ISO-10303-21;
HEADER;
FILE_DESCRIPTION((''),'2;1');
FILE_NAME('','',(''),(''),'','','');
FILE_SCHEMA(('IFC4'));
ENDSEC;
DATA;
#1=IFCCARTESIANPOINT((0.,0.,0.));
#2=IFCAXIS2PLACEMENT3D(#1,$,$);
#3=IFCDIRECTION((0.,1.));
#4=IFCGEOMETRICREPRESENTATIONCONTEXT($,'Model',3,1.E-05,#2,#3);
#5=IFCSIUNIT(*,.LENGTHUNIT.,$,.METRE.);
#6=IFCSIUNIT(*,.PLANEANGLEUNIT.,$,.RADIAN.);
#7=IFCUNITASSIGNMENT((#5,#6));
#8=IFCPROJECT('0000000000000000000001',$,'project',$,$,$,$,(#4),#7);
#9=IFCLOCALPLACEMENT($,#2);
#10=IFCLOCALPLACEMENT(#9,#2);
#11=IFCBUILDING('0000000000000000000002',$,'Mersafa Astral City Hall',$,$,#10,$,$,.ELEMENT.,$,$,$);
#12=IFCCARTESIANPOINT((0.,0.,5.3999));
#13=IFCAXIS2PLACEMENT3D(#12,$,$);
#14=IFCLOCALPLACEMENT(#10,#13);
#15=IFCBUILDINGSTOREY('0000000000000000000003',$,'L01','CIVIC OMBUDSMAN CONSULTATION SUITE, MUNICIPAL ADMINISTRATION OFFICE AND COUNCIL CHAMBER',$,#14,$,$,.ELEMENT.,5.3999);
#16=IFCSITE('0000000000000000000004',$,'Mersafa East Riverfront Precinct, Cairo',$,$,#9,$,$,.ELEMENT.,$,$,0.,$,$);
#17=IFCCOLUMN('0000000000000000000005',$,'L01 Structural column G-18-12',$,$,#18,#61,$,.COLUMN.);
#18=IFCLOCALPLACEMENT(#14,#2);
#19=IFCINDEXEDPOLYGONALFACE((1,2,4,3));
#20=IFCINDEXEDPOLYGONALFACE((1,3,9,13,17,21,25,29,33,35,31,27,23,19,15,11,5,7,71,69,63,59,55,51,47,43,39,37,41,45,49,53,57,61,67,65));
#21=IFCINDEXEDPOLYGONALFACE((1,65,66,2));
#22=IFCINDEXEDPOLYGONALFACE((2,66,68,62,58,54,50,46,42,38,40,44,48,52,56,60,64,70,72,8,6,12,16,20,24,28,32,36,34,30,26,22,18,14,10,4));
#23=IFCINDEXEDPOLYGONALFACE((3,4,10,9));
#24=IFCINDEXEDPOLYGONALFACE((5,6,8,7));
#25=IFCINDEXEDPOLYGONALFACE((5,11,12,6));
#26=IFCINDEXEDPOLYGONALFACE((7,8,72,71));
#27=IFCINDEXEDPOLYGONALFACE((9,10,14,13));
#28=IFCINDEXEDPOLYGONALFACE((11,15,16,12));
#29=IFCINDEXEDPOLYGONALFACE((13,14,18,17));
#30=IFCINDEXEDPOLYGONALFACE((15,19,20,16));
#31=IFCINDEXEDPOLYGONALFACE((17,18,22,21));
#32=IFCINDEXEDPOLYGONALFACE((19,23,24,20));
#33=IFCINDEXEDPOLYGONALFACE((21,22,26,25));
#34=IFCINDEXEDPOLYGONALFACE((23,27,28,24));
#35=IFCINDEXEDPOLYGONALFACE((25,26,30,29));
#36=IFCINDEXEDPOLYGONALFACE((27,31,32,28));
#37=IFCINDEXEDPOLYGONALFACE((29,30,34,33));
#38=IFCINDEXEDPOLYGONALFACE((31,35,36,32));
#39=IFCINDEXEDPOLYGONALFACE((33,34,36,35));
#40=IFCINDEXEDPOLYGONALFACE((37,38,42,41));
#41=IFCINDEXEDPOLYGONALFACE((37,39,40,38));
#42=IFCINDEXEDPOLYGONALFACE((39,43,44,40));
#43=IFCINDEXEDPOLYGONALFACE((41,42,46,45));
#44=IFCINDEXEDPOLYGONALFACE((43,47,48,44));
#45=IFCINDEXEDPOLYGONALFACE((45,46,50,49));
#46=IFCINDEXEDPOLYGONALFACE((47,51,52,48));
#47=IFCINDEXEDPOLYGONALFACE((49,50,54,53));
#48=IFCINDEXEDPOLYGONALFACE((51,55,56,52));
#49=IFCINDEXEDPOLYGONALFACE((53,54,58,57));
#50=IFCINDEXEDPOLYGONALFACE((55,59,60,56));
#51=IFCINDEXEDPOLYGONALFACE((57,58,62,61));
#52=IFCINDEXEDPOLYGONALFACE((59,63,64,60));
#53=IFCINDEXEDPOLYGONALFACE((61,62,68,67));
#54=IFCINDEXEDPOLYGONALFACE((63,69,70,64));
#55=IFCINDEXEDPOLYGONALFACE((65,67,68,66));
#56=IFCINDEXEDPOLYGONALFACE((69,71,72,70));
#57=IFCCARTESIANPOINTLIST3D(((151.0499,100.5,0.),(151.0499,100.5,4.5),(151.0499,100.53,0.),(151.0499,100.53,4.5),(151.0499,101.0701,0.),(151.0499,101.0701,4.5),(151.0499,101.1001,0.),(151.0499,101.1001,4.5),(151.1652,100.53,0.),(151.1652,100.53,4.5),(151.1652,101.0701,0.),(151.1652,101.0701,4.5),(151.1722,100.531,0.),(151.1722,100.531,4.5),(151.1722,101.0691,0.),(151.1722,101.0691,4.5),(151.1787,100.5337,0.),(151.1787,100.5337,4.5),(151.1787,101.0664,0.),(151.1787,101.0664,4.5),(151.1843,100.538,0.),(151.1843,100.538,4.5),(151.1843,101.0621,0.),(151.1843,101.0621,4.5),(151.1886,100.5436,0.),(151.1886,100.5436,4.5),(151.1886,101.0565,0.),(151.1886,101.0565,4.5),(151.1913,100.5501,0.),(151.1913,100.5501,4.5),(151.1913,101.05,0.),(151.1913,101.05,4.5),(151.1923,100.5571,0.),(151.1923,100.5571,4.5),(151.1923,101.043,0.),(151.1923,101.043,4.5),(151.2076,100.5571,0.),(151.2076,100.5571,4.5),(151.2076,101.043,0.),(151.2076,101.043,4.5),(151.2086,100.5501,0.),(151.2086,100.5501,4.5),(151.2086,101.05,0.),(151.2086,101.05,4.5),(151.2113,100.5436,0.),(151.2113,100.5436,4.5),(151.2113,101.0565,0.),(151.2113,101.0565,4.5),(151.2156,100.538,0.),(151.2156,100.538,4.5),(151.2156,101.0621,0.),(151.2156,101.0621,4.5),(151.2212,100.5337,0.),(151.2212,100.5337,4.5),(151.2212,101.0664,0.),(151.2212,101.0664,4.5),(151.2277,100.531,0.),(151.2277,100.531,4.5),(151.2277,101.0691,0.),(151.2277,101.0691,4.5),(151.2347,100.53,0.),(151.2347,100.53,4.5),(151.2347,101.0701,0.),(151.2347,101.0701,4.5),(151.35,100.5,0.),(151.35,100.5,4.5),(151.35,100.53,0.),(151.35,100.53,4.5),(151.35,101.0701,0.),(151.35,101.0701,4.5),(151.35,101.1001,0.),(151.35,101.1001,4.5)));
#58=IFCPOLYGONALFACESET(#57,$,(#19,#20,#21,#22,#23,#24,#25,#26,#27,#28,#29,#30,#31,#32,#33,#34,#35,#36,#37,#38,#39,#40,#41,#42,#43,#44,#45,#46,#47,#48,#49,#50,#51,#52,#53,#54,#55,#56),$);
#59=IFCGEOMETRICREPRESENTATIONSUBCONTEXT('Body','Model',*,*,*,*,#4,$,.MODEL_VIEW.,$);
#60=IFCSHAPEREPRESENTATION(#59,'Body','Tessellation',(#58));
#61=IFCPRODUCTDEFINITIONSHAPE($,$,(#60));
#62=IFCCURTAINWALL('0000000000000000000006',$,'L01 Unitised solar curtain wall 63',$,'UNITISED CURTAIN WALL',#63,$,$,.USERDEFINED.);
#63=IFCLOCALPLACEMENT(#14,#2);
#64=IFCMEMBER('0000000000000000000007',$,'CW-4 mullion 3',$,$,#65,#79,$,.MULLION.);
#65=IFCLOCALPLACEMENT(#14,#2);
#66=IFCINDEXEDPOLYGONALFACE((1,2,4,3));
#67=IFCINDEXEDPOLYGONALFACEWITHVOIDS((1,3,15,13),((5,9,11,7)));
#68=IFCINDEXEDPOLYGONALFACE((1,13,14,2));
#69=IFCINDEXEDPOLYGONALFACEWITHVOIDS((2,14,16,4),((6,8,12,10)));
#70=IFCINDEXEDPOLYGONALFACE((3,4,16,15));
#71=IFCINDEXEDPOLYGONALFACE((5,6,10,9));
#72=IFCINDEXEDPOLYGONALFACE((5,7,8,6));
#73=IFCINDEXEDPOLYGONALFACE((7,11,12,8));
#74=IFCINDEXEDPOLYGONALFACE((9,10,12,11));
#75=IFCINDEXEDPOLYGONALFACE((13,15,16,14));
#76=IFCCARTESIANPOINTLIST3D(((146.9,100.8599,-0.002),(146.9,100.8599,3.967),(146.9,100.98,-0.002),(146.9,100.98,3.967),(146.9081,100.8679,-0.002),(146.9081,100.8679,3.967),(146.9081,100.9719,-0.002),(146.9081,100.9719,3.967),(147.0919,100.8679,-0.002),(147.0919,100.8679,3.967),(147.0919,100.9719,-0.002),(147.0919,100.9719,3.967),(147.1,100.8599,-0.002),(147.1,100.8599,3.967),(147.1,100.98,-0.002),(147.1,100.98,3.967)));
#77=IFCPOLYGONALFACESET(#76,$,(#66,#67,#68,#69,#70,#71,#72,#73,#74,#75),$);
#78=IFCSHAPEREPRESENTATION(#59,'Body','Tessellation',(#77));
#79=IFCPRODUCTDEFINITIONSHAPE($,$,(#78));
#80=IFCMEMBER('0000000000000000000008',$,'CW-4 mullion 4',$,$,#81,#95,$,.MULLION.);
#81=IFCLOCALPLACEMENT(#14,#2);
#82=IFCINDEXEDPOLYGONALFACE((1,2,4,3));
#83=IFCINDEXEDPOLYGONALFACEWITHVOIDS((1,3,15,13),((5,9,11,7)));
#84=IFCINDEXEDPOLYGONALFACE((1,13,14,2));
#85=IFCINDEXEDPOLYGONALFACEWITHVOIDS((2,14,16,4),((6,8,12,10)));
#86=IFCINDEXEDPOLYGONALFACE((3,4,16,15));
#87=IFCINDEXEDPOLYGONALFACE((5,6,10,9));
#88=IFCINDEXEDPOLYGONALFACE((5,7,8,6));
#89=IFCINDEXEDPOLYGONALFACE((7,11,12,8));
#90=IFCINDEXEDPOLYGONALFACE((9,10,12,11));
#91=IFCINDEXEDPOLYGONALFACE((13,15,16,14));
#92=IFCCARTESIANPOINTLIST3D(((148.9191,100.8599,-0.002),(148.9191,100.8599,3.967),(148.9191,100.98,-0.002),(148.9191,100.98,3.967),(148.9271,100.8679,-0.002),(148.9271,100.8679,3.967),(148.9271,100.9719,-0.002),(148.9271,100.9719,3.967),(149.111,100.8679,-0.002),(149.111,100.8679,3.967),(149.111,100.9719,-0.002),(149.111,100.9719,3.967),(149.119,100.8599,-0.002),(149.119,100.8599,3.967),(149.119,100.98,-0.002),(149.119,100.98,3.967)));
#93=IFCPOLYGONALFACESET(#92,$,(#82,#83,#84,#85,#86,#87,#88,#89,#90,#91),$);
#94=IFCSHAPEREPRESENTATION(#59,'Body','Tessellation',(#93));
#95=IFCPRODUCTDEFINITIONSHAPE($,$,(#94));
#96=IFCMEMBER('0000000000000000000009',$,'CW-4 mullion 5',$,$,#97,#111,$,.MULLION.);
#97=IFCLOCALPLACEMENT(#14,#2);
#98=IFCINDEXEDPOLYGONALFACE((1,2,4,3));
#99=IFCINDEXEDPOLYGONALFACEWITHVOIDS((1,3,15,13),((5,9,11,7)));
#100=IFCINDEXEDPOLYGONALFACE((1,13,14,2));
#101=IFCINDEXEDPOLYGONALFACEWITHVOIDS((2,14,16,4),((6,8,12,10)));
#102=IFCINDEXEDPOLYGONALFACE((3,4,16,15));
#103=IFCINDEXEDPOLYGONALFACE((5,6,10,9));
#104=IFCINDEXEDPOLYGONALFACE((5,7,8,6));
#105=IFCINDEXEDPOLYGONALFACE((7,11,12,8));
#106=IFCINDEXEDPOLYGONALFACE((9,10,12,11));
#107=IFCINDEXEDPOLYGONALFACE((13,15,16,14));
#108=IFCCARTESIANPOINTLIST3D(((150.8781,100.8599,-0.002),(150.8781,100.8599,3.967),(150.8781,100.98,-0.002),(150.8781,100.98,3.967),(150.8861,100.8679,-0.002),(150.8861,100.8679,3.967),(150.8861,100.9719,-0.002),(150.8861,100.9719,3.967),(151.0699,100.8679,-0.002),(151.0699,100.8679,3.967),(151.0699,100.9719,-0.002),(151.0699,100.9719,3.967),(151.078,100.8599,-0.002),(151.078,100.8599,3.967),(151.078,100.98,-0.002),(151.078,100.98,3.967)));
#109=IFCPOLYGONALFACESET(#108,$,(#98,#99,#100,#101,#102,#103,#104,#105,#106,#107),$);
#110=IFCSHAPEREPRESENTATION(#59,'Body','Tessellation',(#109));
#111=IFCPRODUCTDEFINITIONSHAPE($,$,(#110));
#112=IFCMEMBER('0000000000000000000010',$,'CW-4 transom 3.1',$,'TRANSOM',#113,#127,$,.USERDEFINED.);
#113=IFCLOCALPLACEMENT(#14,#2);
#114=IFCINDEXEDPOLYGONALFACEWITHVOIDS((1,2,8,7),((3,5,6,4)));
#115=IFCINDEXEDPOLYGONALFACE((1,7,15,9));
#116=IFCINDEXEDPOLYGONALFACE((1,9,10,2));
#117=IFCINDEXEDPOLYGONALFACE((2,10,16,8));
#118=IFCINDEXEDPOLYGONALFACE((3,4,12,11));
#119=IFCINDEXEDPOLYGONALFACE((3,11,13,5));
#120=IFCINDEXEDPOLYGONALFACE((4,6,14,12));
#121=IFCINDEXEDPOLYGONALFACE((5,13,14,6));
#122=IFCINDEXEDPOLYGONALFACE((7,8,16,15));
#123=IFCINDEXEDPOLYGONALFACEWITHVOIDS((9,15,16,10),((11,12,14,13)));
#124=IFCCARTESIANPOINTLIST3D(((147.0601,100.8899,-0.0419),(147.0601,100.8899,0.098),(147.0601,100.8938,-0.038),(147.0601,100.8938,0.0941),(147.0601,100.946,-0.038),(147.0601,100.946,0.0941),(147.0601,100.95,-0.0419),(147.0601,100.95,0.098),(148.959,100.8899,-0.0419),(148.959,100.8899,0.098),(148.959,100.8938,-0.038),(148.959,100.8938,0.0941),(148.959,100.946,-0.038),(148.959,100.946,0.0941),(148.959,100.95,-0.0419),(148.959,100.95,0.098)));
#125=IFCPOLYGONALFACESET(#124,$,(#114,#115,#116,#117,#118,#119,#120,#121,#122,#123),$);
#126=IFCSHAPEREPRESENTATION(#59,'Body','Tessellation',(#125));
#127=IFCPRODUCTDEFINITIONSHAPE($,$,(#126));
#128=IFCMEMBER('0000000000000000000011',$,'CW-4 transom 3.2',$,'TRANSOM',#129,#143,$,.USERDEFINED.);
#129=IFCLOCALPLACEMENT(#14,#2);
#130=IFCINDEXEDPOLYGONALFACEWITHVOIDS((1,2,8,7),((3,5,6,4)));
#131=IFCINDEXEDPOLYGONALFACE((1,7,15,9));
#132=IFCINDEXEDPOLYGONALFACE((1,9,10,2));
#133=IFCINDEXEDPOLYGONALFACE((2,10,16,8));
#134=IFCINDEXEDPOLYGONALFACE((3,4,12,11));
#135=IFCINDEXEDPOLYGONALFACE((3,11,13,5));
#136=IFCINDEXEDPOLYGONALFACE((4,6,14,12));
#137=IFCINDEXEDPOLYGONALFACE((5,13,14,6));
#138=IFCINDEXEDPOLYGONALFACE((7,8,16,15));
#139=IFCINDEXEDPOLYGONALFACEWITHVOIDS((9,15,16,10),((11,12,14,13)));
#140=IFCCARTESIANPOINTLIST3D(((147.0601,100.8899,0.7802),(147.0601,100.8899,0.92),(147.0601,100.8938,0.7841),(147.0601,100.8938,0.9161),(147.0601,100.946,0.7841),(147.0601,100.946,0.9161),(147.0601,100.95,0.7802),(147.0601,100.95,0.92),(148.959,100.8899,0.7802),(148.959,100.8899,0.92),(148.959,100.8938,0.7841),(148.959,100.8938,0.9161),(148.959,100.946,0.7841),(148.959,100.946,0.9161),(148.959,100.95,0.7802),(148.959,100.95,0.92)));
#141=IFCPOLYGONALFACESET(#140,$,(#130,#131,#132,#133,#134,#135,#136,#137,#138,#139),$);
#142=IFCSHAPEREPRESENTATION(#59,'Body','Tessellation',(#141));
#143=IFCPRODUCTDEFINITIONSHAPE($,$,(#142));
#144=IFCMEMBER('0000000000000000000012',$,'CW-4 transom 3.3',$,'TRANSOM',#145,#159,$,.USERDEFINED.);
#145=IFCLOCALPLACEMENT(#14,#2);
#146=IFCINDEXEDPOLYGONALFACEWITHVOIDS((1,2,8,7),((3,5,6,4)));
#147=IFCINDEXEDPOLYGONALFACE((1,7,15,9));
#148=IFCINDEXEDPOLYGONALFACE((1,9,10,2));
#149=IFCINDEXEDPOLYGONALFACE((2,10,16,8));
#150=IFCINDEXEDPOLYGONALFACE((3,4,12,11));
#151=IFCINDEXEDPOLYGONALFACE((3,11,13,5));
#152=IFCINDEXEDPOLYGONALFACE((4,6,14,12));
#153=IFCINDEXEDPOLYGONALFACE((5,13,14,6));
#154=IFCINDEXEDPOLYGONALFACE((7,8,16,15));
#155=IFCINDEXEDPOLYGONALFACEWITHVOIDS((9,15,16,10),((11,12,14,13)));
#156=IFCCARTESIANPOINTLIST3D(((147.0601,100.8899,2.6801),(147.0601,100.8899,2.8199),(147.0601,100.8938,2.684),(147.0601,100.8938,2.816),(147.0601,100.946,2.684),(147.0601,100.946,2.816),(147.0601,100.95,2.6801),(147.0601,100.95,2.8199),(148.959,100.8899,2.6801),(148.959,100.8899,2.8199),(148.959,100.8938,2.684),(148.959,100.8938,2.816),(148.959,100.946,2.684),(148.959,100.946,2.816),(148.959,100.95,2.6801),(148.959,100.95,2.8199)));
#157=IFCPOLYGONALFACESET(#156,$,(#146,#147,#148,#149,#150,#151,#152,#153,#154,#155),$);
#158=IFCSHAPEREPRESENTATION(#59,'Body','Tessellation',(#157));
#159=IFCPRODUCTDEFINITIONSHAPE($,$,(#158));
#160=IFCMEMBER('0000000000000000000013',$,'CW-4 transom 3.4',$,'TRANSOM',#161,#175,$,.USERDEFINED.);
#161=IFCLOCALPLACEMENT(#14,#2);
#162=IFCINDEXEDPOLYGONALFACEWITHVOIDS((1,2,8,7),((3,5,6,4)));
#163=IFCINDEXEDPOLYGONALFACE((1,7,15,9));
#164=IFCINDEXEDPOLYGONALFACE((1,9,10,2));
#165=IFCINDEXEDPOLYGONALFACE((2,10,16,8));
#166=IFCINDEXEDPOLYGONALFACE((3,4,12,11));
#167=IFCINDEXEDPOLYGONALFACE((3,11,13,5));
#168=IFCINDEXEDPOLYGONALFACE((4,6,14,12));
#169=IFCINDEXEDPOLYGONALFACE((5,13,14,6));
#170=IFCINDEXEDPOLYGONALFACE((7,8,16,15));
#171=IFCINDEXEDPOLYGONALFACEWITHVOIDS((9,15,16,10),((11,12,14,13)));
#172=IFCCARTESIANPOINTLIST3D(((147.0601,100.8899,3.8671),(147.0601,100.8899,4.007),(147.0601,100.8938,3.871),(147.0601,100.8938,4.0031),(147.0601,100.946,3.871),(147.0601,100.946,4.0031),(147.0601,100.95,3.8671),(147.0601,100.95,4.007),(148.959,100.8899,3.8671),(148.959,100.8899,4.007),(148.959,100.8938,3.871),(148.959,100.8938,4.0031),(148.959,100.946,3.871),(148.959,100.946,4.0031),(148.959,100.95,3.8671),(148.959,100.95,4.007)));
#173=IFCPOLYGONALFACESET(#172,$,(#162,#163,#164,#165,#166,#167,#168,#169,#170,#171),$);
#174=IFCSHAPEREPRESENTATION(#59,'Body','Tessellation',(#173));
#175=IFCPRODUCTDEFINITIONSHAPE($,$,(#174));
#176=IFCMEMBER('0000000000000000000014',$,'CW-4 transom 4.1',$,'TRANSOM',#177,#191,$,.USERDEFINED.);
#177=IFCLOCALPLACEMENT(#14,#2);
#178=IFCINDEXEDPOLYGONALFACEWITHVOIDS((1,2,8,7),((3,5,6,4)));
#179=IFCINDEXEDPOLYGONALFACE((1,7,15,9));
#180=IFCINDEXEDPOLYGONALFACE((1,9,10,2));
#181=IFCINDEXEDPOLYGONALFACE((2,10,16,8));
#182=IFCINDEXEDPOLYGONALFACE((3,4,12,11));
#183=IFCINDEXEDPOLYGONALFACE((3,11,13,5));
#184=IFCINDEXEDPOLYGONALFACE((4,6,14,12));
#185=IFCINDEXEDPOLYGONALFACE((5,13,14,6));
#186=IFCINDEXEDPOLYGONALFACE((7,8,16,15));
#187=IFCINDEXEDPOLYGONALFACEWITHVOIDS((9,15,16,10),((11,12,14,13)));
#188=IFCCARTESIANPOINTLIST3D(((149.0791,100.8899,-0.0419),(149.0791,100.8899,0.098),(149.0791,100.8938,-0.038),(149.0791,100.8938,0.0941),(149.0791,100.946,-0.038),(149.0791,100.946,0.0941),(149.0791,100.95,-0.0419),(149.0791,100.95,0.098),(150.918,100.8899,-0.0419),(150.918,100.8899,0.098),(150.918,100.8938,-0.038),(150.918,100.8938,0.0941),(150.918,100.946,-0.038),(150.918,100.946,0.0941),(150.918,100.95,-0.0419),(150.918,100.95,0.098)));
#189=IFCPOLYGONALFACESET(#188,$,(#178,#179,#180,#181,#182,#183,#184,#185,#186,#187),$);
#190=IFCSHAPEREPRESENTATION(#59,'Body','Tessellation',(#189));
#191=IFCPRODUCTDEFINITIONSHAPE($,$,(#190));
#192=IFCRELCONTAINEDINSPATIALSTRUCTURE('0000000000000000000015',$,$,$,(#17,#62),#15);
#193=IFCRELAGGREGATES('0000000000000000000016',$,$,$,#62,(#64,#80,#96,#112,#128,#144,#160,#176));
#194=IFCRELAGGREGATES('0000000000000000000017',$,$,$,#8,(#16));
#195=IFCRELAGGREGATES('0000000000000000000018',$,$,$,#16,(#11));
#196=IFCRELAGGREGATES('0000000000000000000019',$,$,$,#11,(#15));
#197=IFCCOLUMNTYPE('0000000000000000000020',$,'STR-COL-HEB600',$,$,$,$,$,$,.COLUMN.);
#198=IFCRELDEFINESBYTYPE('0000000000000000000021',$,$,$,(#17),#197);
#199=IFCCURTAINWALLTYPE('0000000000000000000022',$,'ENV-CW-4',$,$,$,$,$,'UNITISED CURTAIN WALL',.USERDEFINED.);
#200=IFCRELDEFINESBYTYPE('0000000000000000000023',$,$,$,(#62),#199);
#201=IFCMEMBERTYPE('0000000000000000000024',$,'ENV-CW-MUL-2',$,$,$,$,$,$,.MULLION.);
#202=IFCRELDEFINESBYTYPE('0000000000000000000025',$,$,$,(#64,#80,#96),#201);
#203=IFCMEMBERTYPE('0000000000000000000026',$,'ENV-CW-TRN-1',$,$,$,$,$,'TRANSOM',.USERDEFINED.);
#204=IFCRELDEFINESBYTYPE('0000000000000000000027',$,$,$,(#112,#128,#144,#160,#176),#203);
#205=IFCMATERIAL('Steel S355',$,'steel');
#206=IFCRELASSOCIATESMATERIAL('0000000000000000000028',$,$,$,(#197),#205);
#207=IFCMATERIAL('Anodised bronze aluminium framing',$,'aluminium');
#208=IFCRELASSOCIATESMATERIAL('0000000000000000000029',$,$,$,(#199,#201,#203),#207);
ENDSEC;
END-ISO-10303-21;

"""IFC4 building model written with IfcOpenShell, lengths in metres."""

from ifc_helpers import new_model, si_unit, direction, frame, origin, origin_2d, place, context, subcontext, project, spatial, hollow_rectangle, i_section, extrude, material, material_profile, profile_set, type_object, element, aggregate, save


model = new_model("IFC4")

# Units and contexts
model_context = context("Model", 3, precision=1e-05, world=origin(), true_north=direction((0.0, 1.0)))
body_context = subcontext(model_context, "Body", "Model", "MODEL_VIEW")
ifc_project = project(units=[si_unit("LENGTHUNIT", "METRE"), si_unit("PLANEANGLEUNIT", "RADIAN")], contexts=[model_context])

# Site, building, storey
site_placement = place(None, origin())
site = spatial("IfcSite", under=ifc_project, at=site_placement, Name="Mersafa East Riverfront Precinct, Cairo", CompositionType="ELEMENT", RefElevation=0.0)
building_placement = place(site_placement, origin())
building = spatial("IfcBuilding", under=site, at=building_placement, Name="Mersafa Astral City Hall", CompositionType="ELEMENT")
storey_placement = place(building_placement, frame((0.0, 0.0, 5.3999)))
storey = spatial("IfcBuildingStorey", under=building, at=storey_placement, Name="L01", Description="CIVIC OMBUDSMAN CONSULTATION SUITE, MUNICIPAL ADMINISTRATION OFFICE AND COUNCIL CHAMBER", CompositionType="ELEMENT", Elevation=5.3999)

# Column
ifc_material_1 = material(Name="Steel S355", Category="steel")
ifc_material_profile_1 = material_profile(ifc_material_1, i_section(OverallWidth=0.3, OverallDepth=0.6001, WebThickness=0.0154, FlangeThickness=0.03, FilletRadius=0.0271, at=origin_2d()), Name="HEB 600")
ifc_profile_set_1 = profile_set([ifc_material_profile_1], Name="Steel S355")
column_type = type_object("IfcColumnType", Name="STR-COL-HEB600", PredefinedType="COLUMN", material=ifc_profile_set_1)
column_placement = place(storey_placement, frame((151.2, 100.8, 0.0), z_axis=(0.0, 0.0, 1.0), x_axis=(1.0, 0.0, 0.0)))
element("IfcColumn", 1, at=column_placement, inside=storey, type_object=column_type, Name="L01 Structural column G-18-12", PredefinedType="COLUMN", context=body_context, shape_type="SweptSolid", body=[
    extrude(i_section(OverallWidth=0.3, OverallDepth=0.6001, WebThickness=0.0154, FlangeThickness=0.03, FilletRadius=0.0271, at=origin_2d()), origin(), (0.0, 0.0, 1.0), 4.5),
])

# Curtain wall, members
ifc_material_2 = material(Name="Anodised bronze aluminium framing", Category="aluminium")
curtain_wall_type = type_object("IfcCurtainWallType", Name="ENV-CW-4", ElementType="UNITISED CURTAIN WALL", PredefinedType="USERDEFINED", material=ifc_material_2)
curtain_wall_placement = place(storey_placement, origin())
curtain_wall = element("IfcCurtainWall", 2, at=curtain_wall_placement, inside=storey, type_object=curtain_wall_type, Name="L01 Unitised solar curtain wall 63", ObjectType="UNITISED CURTAIN WALL", PredefinedType="USERDEFINED")
ifc_material_profile_2 = material_profile(ifc_material_2, hollow_rectangle(XDim=0.1201, YDim=0.2, WallThickness=0.0081, at=origin_2d()), Name="RHS 120x200x8")
ifc_profile_set_2 = profile_set([ifc_material_profile_2], Name="Anodised bronze aluminium framing")
member_type_1 = type_object("IfcMemberType", Name="ENV-CW-MUL-2", PredefinedType="MULLION", material=ifc_profile_set_2)
member_1_placement = place(storey_placement, frame((147.0, 100.9199, -0.002), z_axis=(0.0, 0.0, 1.0), x_axis=(0.0, 1.0, 0.0)))
member_1 = element("IfcMember", 3, at=member_1_placement, type_object=member_type_1, Name="CW-4 mullion 3", PredefinedType="MULLION", context=body_context, shape_type="SweptSolid", body=[
    extrude(hollow_rectangle(XDim=0.1201, YDim=0.2, WallThickness=0.0081, at=origin_2d()), origin(), (0.0, 0.0, 1.0), 3.969),
])
member_2_placement = place(storey_placement, frame((149.019, 100.9199, -0.002), z_axis=(0.0, 0.0, 1.0), x_axis=(0.0, 1.0, 0.0)))
member_2 = element("IfcMember", 4, at=member_2_placement, type_object=member_type_1, Name="CW-4 mullion 4", PredefinedType="MULLION", context=body_context, shape_type="SweptSolid", body=[
    extrude(hollow_rectangle(XDim=0.1201, YDim=0.2, WallThickness=0.0081, at=origin_2d()), origin(), (0.0, 0.0, 1.0), 3.969),
])
member_3_placement = place(storey_placement, frame((150.978, 100.9199, -0.002), z_axis=(0.0, 0.0, 1.0), x_axis=(0.0, 1.0, 0.0)))
member_3 = element("IfcMember", 5, at=member_3_placement, type_object=member_type_1, Name="CW-4 mullion 5", PredefinedType="MULLION", context=body_context, shape_type="SweptSolid", body=[
    extrude(hollow_rectangle(XDim=0.1201, YDim=0.2, WallThickness=0.0081, at=origin_2d()), origin(), (0.0, 0.0, 1.0), 3.969),
])
ifc_material_profile_3 = material_profile(ifc_material_2, hollow_rectangle(XDim=0.0601, YDim=0.1399, WallThickness=0.0039, at=origin_2d()), Name="RHS 60x140x4")
ifc_profile_set_3 = profile_set([ifc_material_profile_3], Name="Anodised bronze aluminium framing")
member_type_2 = type_object("IfcMemberType", Name="ENV-CW-TRN-1", ElementType="TRANSOM", PredefinedType="USERDEFINED", material=ifc_profile_set_3)
member_4_placement = place(storey_placement, frame((147.0601, 100.9199, 0.0281), z_axis=(1.0, 0.0, 0.0), x_axis=(0.0, 1.0, 0.0)))
member_4 = element("IfcMember", 6, at=member_4_placement, type_object=member_type_2, Name="CW-4 transom 3.1", ObjectType="TRANSOM", PredefinedType="USERDEFINED", context=body_context, shape_type="SweptSolid", body=[
    extrude(hollow_rectangle(XDim=0.0601, YDim=0.1399, WallThickness=0.0039, at=origin_2d()), origin(), (0.0, 0.0, 1.0), 1.8989),
])
member_5_placement = place(storey_placement, frame((147.0601, 100.9199, 0.8501), z_axis=(1.0, 0.0, 0.0), x_axis=(0.0, 1.0, 0.0)))
member_5 = element("IfcMember", 7, at=member_5_placement, type_object=member_type_2, Name="CW-4 transom 3.2", ObjectType="TRANSOM", PredefinedType="USERDEFINED", context=body_context, shape_type="SweptSolid", body=[
    extrude(hollow_rectangle(XDim=0.0601, YDim=0.1399, WallThickness=0.0039, at=origin_2d()), origin(), (0.0, 0.0, 1.0), 1.8989),
])
member_6_placement = place(storey_placement, frame((147.0601, 100.9199, 2.75), z_axis=(1.0, 0.0, 0.0), x_axis=(0.0, 1.0, 0.0)))
member_6 = element("IfcMember", 8, at=member_6_placement, type_object=member_type_2, Name="CW-4 transom 3.3", ObjectType="TRANSOM", PredefinedType="USERDEFINED", context=body_context, shape_type="SweptSolid", body=[
    extrude(hollow_rectangle(XDim=0.0601, YDim=0.1399, WallThickness=0.0039, at=origin_2d()), origin(), (0.0, 0.0, 1.0), 1.8989),
])
member_7_placement = place(storey_placement, frame((147.0601, 100.9199, 3.937), z_axis=(1.0, 0.0, 0.0), x_axis=(0.0, 1.0, 0.0)))
member_7 = element("IfcMember", 9, at=member_7_placement, type_object=member_type_2, Name="CW-4 transom 3.4", ObjectType="TRANSOM", PredefinedType="USERDEFINED", context=body_context, shape_type="SweptSolid", body=[
    extrude(hollow_rectangle(XDim=0.0601, YDim=0.1399, WallThickness=0.0039, at=origin_2d()), origin(), (0.0, 0.0, 1.0), 1.8989),
])
member_8_placement = place(storey_placement, frame((149.0791, 100.9199, 0.0281), z_axis=(1.0, 0.0, 0.0), x_axis=(0.0, 1.0, 0.0)))
member_8 = element("IfcMember", 10, at=member_8_placement, type_object=member_type_2, Name="CW-4 transom 4.1", ObjectType="TRANSOM", PredefinedType="USERDEFINED", context=body_context, shape_type="SweptSolid", body=[
    extrude(hollow_rectangle(XDim=0.0601, YDim=0.1399, WallThickness=0.0039, at=origin_2d()), origin(), (0.0, 0.0, 1.0), 1.8389),
])

aggregate(curtain_wall, [member_1, member_2, member_3, member_4, member_5, member_6, member_7, member_8])

save(model, "model.ifc")
